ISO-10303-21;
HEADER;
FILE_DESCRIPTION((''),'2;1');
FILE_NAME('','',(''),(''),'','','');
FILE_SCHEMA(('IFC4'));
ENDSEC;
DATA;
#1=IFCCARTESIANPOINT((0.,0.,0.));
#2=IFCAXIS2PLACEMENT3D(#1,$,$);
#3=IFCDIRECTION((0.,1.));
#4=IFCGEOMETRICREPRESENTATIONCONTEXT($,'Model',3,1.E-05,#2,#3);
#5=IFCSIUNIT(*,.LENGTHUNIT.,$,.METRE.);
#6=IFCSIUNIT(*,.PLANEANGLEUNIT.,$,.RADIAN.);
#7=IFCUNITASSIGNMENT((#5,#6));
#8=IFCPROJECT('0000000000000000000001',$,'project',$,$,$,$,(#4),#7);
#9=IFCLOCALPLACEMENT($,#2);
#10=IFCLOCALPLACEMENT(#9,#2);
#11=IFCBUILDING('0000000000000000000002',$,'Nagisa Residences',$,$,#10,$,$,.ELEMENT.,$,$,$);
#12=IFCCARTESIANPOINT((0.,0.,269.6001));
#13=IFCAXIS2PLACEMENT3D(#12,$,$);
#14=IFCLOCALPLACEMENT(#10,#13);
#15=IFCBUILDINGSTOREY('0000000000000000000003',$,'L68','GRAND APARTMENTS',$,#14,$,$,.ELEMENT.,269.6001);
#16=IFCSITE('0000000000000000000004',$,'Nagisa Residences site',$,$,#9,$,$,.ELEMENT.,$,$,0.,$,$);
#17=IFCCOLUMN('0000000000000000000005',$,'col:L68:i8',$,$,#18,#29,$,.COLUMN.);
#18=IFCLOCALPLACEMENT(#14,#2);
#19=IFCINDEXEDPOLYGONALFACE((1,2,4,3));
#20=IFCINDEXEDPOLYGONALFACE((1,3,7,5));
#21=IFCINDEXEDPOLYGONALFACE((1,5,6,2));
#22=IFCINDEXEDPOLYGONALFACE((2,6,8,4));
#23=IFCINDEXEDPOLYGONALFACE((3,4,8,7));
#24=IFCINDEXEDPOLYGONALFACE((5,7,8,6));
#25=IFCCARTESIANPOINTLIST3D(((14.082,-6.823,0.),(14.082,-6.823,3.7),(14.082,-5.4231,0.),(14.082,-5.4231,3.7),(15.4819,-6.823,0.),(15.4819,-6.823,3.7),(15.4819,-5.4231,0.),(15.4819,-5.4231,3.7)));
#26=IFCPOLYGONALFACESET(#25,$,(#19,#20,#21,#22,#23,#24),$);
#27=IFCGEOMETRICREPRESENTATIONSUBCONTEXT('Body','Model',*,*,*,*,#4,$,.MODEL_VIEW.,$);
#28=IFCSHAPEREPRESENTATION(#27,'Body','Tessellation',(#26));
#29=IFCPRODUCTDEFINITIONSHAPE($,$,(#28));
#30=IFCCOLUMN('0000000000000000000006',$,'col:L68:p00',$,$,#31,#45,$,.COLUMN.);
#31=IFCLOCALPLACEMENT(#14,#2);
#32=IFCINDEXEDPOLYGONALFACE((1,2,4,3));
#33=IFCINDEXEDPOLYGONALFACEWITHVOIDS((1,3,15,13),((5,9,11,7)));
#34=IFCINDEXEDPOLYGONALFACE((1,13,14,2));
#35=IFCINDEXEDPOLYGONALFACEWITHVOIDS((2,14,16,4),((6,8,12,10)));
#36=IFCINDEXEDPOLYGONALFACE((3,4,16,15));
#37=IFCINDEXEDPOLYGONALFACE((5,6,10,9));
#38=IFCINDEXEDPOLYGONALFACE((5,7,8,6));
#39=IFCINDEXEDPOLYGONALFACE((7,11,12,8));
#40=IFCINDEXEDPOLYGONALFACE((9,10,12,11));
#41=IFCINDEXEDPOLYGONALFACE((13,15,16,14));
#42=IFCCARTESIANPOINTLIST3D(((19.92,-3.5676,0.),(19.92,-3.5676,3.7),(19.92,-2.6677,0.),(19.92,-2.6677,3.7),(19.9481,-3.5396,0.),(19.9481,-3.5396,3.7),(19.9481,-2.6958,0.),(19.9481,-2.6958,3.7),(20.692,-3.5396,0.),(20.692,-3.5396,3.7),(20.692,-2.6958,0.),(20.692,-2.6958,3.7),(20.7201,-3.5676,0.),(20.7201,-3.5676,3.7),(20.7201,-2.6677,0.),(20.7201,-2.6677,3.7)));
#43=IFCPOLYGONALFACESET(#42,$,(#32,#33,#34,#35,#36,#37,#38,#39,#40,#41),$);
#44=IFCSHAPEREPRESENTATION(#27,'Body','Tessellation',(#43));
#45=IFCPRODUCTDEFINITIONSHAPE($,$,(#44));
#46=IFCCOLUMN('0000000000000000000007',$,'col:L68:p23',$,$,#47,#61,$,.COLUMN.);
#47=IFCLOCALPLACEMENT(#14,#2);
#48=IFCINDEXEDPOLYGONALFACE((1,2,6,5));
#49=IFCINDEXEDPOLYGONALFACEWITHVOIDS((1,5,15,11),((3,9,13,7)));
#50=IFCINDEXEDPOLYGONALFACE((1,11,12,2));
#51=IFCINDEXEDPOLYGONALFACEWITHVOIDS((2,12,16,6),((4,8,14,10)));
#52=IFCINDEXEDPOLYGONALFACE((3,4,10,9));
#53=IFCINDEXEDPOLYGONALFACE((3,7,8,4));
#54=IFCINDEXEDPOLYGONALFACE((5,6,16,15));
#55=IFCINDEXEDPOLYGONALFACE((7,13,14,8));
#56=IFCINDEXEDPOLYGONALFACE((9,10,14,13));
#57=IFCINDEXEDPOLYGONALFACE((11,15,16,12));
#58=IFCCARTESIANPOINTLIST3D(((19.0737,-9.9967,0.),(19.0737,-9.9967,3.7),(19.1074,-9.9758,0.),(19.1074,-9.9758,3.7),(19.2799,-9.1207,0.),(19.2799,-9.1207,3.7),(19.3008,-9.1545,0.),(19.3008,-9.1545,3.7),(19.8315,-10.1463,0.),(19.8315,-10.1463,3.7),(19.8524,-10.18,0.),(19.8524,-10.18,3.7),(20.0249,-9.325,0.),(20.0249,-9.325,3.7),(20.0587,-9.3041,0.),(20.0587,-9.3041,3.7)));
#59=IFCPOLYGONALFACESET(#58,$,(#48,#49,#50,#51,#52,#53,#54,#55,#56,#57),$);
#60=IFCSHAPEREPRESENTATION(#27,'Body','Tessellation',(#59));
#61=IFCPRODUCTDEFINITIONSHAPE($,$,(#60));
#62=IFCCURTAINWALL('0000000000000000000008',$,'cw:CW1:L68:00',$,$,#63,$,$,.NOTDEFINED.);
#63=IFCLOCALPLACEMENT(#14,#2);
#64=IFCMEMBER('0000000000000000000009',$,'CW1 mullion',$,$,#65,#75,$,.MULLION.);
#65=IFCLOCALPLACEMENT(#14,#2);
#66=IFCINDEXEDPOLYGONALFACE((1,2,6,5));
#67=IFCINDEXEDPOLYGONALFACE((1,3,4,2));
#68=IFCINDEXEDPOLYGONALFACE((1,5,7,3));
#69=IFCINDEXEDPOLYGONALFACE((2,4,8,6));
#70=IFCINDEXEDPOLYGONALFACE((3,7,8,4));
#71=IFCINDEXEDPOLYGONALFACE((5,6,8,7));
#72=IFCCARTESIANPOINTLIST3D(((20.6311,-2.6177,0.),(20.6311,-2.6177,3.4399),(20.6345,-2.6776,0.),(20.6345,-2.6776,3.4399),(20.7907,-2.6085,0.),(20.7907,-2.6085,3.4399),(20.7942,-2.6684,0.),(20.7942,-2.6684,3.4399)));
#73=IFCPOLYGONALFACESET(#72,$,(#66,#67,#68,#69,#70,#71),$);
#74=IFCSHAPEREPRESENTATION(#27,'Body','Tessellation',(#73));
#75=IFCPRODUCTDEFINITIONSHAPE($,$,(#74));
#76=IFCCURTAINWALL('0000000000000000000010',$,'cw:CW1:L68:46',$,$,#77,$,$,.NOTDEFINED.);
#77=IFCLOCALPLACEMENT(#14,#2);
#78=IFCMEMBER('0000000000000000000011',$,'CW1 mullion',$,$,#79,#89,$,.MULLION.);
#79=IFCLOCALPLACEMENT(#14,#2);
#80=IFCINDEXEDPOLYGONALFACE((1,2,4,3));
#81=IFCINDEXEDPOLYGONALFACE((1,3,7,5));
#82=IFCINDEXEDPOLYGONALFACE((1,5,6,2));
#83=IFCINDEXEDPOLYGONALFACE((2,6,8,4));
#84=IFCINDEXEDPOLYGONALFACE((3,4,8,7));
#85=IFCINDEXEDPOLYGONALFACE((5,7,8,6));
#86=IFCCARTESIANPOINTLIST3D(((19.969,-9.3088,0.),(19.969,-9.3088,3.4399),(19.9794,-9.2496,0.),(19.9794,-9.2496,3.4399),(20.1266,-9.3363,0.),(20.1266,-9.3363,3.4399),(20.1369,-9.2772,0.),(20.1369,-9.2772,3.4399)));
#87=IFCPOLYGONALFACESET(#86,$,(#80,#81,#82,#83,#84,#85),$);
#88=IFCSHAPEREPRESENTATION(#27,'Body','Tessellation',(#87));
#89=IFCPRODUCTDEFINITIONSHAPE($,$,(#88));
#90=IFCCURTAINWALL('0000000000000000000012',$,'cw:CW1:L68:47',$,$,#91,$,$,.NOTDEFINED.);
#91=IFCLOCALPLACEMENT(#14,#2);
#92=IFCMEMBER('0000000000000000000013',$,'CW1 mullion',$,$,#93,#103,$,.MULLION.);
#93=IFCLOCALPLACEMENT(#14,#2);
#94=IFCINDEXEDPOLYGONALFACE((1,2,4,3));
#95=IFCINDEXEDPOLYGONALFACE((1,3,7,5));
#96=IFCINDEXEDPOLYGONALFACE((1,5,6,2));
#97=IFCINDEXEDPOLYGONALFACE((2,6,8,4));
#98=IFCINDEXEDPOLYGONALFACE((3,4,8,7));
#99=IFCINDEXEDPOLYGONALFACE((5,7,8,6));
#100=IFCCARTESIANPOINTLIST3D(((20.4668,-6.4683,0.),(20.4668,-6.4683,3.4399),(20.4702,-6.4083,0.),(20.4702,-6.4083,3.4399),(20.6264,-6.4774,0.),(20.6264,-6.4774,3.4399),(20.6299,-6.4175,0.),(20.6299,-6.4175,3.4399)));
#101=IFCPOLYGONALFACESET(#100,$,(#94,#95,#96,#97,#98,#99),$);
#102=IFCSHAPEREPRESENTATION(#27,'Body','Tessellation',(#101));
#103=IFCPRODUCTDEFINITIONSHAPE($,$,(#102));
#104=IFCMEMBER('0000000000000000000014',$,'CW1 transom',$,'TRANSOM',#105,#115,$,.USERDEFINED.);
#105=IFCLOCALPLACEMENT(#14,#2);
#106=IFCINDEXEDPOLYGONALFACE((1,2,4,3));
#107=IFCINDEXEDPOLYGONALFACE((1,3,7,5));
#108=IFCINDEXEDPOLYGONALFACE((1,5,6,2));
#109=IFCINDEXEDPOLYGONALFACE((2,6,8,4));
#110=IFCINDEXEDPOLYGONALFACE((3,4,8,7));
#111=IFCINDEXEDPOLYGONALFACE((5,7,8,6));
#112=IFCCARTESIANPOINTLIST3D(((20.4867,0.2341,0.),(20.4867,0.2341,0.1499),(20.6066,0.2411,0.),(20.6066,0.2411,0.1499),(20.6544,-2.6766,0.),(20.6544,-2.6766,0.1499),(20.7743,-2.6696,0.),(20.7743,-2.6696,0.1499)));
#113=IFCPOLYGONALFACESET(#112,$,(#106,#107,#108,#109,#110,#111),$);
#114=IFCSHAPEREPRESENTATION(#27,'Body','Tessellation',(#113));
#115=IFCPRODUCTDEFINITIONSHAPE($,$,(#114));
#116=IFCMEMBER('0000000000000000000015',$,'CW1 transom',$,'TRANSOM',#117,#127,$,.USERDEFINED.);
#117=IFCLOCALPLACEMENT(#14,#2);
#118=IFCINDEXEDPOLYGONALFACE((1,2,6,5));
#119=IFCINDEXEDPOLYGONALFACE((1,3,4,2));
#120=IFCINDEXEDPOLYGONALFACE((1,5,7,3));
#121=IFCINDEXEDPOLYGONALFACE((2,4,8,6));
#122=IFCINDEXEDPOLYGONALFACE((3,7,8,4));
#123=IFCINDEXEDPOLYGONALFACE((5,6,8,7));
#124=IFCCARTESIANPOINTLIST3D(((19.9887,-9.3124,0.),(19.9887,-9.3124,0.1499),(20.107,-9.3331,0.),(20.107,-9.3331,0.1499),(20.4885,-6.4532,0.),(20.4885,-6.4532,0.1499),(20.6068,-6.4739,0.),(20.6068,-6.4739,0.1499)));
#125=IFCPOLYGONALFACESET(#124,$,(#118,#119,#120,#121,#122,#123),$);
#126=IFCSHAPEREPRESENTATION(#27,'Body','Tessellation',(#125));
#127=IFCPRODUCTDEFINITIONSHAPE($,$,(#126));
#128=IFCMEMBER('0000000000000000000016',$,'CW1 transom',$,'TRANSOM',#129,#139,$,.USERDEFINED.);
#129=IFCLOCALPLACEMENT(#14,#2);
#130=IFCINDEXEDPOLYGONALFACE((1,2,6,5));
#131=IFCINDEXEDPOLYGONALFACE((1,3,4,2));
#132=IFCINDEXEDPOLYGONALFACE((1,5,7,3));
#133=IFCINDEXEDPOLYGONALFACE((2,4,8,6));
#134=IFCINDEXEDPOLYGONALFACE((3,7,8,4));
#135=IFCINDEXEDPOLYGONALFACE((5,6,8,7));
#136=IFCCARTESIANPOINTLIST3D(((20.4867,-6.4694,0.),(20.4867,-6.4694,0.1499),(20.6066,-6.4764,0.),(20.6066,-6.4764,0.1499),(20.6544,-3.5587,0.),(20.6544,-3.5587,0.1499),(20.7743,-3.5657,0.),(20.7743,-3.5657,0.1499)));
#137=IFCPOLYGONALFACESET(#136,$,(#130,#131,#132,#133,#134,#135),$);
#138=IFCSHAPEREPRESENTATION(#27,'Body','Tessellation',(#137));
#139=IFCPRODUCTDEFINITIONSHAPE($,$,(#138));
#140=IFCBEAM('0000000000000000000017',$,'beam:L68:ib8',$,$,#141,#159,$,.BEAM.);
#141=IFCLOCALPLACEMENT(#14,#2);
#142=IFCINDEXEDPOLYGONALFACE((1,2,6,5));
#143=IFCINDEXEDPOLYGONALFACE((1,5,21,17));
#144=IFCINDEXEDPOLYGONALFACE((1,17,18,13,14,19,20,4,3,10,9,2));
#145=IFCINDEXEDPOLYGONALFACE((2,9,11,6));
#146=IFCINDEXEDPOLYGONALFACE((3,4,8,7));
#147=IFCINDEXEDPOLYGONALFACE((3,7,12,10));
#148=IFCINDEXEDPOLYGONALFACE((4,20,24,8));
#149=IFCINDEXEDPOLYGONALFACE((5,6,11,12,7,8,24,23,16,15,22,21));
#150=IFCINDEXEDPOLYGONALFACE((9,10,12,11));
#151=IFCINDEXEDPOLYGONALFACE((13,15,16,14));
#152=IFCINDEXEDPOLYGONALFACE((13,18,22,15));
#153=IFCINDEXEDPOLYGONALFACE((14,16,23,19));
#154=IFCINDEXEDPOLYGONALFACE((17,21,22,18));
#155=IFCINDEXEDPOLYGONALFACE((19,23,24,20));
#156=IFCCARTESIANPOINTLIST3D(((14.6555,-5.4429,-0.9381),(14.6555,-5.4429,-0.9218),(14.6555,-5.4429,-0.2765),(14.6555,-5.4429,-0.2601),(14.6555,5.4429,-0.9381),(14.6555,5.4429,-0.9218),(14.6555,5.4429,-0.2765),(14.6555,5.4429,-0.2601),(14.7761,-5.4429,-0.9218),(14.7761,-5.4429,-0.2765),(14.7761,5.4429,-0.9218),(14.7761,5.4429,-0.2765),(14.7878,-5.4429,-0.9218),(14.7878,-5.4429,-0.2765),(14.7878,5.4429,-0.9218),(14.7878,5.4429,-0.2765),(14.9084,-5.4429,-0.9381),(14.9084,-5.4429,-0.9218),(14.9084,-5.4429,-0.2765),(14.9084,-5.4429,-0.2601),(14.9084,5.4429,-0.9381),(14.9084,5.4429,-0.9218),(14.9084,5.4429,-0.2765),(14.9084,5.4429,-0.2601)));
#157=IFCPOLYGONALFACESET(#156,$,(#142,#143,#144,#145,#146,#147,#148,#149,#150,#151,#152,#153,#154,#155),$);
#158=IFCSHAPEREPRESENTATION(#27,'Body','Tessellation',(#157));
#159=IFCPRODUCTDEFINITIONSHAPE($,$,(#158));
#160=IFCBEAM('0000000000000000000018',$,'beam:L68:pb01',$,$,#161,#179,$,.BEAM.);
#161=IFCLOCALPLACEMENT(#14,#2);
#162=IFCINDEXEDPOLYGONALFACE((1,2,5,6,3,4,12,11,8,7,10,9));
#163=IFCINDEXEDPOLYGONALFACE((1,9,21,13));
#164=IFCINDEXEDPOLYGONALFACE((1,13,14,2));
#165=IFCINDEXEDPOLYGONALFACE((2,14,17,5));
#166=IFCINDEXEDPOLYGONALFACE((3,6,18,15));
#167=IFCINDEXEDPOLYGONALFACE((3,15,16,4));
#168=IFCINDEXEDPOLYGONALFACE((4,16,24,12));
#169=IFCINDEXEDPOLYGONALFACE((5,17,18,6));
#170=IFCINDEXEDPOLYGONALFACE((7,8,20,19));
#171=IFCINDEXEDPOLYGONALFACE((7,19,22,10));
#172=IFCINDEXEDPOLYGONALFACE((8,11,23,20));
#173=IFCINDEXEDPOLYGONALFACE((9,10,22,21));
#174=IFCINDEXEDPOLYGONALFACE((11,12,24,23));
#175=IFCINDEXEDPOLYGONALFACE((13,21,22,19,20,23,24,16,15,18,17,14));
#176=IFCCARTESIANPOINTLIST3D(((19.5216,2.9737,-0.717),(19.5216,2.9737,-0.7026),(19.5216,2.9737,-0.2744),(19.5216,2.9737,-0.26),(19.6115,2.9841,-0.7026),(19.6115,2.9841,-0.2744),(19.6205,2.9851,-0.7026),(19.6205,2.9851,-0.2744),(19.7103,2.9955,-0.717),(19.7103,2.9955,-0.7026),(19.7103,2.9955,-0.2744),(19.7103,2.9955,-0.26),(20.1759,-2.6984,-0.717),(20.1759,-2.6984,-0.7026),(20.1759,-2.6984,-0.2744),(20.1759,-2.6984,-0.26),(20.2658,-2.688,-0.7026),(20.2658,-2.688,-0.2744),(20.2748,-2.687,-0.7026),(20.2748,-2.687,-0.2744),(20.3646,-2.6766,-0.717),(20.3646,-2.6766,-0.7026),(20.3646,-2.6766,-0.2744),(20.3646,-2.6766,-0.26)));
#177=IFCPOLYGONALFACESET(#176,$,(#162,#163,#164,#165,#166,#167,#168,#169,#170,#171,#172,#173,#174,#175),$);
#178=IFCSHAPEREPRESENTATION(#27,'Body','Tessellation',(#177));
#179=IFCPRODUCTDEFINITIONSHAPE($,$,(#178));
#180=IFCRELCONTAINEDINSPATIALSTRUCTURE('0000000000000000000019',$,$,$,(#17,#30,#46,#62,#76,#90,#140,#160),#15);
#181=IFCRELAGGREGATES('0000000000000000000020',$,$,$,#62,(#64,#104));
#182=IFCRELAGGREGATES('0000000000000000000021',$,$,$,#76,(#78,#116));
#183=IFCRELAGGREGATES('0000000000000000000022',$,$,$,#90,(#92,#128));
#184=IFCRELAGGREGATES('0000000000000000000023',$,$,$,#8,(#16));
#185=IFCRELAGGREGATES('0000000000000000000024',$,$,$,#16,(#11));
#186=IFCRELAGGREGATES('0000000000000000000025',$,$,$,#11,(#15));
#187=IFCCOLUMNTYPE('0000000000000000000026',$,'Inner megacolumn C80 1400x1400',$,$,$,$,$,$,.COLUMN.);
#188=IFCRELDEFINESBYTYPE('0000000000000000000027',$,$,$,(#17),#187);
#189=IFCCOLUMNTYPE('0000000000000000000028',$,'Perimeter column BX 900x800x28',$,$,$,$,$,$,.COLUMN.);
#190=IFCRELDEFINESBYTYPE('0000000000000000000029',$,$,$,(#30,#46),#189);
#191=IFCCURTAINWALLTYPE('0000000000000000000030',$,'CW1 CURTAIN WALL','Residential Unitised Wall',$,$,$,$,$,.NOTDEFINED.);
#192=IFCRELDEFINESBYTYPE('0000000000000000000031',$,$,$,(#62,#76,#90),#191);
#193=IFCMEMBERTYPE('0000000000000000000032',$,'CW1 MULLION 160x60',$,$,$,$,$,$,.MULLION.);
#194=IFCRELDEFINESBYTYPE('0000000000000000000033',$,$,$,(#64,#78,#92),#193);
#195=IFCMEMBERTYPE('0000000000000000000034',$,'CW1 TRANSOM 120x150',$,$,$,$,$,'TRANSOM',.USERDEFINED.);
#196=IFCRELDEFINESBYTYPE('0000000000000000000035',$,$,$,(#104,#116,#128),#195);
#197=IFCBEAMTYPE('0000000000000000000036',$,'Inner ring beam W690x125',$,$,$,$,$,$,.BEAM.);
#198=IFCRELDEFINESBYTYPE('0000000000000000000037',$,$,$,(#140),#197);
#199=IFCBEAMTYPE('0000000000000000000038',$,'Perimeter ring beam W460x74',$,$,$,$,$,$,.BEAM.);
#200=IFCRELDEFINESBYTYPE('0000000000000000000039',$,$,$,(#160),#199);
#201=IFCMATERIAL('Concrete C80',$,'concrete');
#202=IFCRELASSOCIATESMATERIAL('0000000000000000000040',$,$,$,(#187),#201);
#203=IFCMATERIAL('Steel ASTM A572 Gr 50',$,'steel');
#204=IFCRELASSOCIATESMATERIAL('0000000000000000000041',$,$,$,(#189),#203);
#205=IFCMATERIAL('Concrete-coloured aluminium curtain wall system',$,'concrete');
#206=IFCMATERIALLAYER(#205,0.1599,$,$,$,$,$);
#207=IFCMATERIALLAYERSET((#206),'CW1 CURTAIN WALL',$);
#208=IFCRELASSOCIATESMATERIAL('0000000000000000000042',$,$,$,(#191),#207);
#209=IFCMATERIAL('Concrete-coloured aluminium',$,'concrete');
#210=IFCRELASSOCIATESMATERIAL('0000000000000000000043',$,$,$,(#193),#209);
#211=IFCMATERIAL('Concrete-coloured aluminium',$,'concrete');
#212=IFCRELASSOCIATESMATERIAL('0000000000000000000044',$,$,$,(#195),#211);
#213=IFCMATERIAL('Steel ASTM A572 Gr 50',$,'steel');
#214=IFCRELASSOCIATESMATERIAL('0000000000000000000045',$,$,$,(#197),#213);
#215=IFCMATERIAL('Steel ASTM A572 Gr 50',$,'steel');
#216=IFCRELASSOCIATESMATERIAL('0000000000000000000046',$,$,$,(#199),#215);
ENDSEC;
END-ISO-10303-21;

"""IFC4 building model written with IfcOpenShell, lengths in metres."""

from ifc_helpers import new_model, si_unit, direction, frame, origin, origin_2d, place, context, subcontext, project, spatial, rectangle, hollow_rectangle, i_section, extrude, material, layer, layer_set, material_profile, profile_set, type_object, element, aggregate, save


model = new_model("IFC4")

# Units and contexts
model_context = context("Model", 3, precision=1e-05, world=origin(), true_north=direction((0.0, 1.0)))
body_context = subcontext(model_context, "Body", "Model", "MODEL_VIEW")
ifc_project = project(units=[si_unit("LENGTHUNIT", "METRE"), si_unit("PLANEANGLEUNIT", "RADIAN")], contexts=[model_context])

# Site, building, storey
site_placement = place(None, origin())
site = spatial("IfcSite", under=ifc_project, at=site_placement, Name="Nagisa Residences site", CompositionType="ELEMENT", RefElevation=0.0)
building_placement = place(site_placement, origin())
building = spatial("IfcBuilding", under=site, at=building_placement, Name="Nagisa Residences", CompositionType="ELEMENT")
storey_placement = place(building_placement, frame((0.0, 0.0, 269.6001)))
storey = spatial("IfcBuildingStorey", under=building, at=storey_placement, Name="L68", Description="GRAND APARTMENTS", CompositionType="ELEMENT", Elevation=269.6001)

# Columns
ifc_material_1 = material(Name="Concrete C80", Category="concrete")
ifc_material_profile_1 = material_profile(ifc_material_1, rectangle(XDim=1.3999, YDim=1.3999, at=origin_2d()), Name="C80 1400x1400")
ifc_profile_set_1 = profile_set([ifc_material_profile_1], Name="Concrete C80")
column_type_1 = type_object("IfcColumnType", Name="Inner megacolumn C80 1400x1400", PredefinedType="COLUMN", material=ifc_profile_set_1)
column_placement = place(storey_placement, frame((14.782, -6.123, 0.0), z_axis=(0.0, 0.0, 1.0), x_axis=(1.0, 0.0, 0.0)))
element("IfcColumn", 1, at=column_placement, inside=storey, type_object=column_type_1, Name="col:L68:i8", PredefinedType="COLUMN", context=body_context, shape_type="SweptSolid", body=[
    extrude(rectangle(XDim=1.3999, YDim=1.3999, at=origin_2d()), origin(), (0.0, 0.0, 1.0), 3.7),
])
ifc_material_2 = material(Name="Steel ASTM A572 Gr 50", Category="steel")
ifc_material_profile_2 = material_profile(ifc_material_2, hollow_rectangle(XDim=0.8999, YDim=0.8, WallThickness=0.0281, at=origin_2d()), Name="BX 900x800x28")
ifc_profile_set_2 = profile_set([ifc_material_profile_2], Name="Steel ASTM A572 Gr 50")
column_type_2 = type_object("IfcColumnType", Name="Perimeter column BX 900x800x28", PredefinedType="COLUMN", material=ifc_profile_set_2)
for number, where, z_axis, x_axis, name in (
    (2, (20.3201, -3.1177, 0.0), (0.0, 0.0, 1.0), (0.0, 1.0, 0.0), "col:L68:p00"),
    (3, (19.5662, -9.6504, 0.0), (0.0, 0.0, 1.0), (0.229202, 0.973379, 0.0), "col:L68:p23"),
):
    element("IfcColumn", number, at=place(storey_placement, frame(where, z_axis=z_axis, x_axis=x_axis)), inside=storey, type_object=column_type_2, Name=name, PredefinedType="COLUMN", context=body_context, shape_type="SweptSolid", body=[
        extrude(hollow_rectangle(XDim=0.8999, YDim=0.8, WallThickness=0.0281, at=origin_2d()), origin(), (0.0, 0.0, 1.0), 3.7),
    ])

# Curtain walls, members
ifc_material_3 = material(Name="Concrete-coloured aluminium curtain wall system", Category="concrete")
ifc_layer_1 = layer(ifc_material_3, 0.1599)
ifc_layer_set_1 = layer_set([ifc_layer_1], Name="CW1 CURTAIN WALL")
curtain_wall_type = type_object("IfcCurtainWallType", Name="CW1 CURTAIN WALL", Description="Residential Unitised Wall", PredefinedType="NOTDEFINED", material=ifc_layer_set_1)
curtain_wall_1_placement = place(storey_placement, origin())
curtain_wall_1 = element("IfcCurtainWall", 4, at=curtain_wall_1_placement, inside=storey, type_object=curtain_wall_type, Name="cw:CW1:L68:00", PredefinedType="NOTDEFINED")
ifc_material_4 = material(Name="Concrete-coloured aluminium", Category="concrete")
ifc_material_profile_3 = material_profile(ifc_material_4, rectangle(XDim=0.1599, YDim=0.0601, at=origin_2d()), Name="CW1 MULLION 160x60")
ifc_profile_set_3 = profile_set([ifc_material_profile_3], Name="Concrete-coloured aluminium")
member_type_1 = type_object("IfcMemberType", Name="CW1 MULLION 160x60", PredefinedType="MULLION", material=ifc_profile_set_3)
member_1_placement = place(storey_placement, frame((20.7126, -2.6431, 0.0), z_axis=(0.0, 0.0, 1.0), x_axis=(-0.998345, -0.057503, 0.0)))
member_1 = element("IfcMember", 5, at=member_1_placement, type_object=member_type_1, Name="CW1 mullion", PredefinedType="MULLION", context=body_context, shape_type="SweptSolid", body=[
    extrude(rectangle(XDim=0.1599, YDim=0.0601, at=origin_2d()), origin(), (0.0, 0.0, 1.0), 3.4399),
])
curtain_wall_2_placement = place(storey_placement, origin())
curtain_wall_2 = element("IfcCurtainWall", 6, at=curtain_wall_2_placement, inside=storey, type_object=curtain_wall_type, Name="cw:CW1:L68:46", PredefinedType="NOTDEFINED")
member_2_placement = place(storey_placement, frame((20.053, -9.293, 0.0), z_axis=(0.0, 0.0, 1.0), x_axis=(-0.985064, 0.172191, 0.0)))
member_2 = element("IfcMember", 7, at=member_2_placement, type_object=member_type_1, Name="CW1 mullion", PredefinedType="MULLION", context=body_context, shape_type="SweptSolid", body=[
    extrude(rectangle(XDim=0.1599, YDim=0.0601, at=origin_2d()), origin(), (0.0, 0.0, 1.0), 3.4399),
])
curtain_wall_3_placement = place(storey_placement, origin())
curtain_wall_3 = element("IfcCurtainWall", 8, at=curtain_wall_3_placement, inside=storey, type_object=curtain_wall_type, Name="cw:CW1:L68:47", PredefinedType="NOTDEFINED")
member_3_placement = place(storey_placement, frame((20.5483, -6.4429, 0.0), z_axis=(0.0, 0.0, 1.0), x_axis=(-0.998345, 0.057503, 0.0)))
member_3 = element("IfcMember", 9, at=member_3_placement, type_object=member_type_1, Name="CW1 mullion", PredefinedType="MULLION", context=body_context, shape_type="SweptSolid", body=[
    extrude(rectangle(XDim=0.1599, YDim=0.0601, at=origin_2d()), origin(), (0.0, 0.0, 1.0), 3.4399),
])

# Members
ifc_material_5 = material(Name="Concrete-coloured aluminium", Category="concrete")
ifc_material_profile_4 = material_profile(ifc_material_5, rectangle(XDim=0.1201, YDim=0.1499, at=origin_2d()), Name="CW1 TRANSOM 120x150")
ifc_profile_set_4 = profile_set([ifc_material_profile_4], Name="Concrete-coloured aluminium")
member_type_2 = type_object("IfcMemberType", Name="CW1 TRANSOM 120x150", ElementType="TRANSOM", PredefinedType="USERDEFINED", material=ifc_profile_set_4)
member_4_placement = place(storey_placement, frame((20.7144, -2.6731, 0.075), z_axis=(-0.057529, 0.998344, 0.0), x_axis=(-0.998344, -0.057529, 0.0)))
member_4 = element("IfcMember", 10, at=member_4_placement, type_object=member_type_2, Name="CW1 transom", ObjectType="TRANSOM", PredefinedType="USERDEFINED", context=body_context, shape_type="SweptSolid", body=[
    extrude(rectangle(XDim=0.1201, YDim=0.1499, at=origin_2d()), origin(), (0.0, 0.0, 1.0), 2.9155),
])
member_5_placement = place(storey_placement, frame((20.0479, -9.3228, 0.075), z_axis=(0.172182, 0.985065, 0.0), x_axis=(-0.985065, 0.172182, 0.0)))
member_5 = element("IfcMember", 11, at=member_5_placement, type_object=member_type_2, Name="CW1 transom", ObjectType="TRANSOM", PredefinedType="USERDEFINED", context=body_context, shape_type="SweptSolid", body=[
    extrude(rectangle(XDim=0.1201, YDim=0.1499, at=origin_2d()), origin(), (0.0, 0.0, 1.0), 2.9026),
])
member_6_placement = place(storey_placement, frame((20.5466, -6.4729, 0.075), z_axis=(0.057529, 0.998344, 0.0), x_axis=(-0.998344, 0.057529, 0.0)))
member_6 = element("IfcMember", 12, at=member_6_placement, type_object=member_type_2, Name="CW1 transom", ObjectType="TRANSOM", PredefinedType="USERDEFINED", context=body_context, shape_type="SweptSolid", body=[
    extrude(rectangle(XDim=0.1201, YDim=0.1499, at=origin_2d()), origin(), (0.0, 0.0, 1.0), 2.9155),
])

# Beams
ifc_material_6 = material(Name="Steel ASTM A572 Gr 50", Category="steel")
ifc_material_profile_5 = material_profile(ifc_material_6, i_section(OverallWidth=0.2529, OverallDepth=0.678, WebThickness=0.0117, FlangeThickness=0.0164, at=origin_2d()), Name="W690x125")
ifc_profile_set_5 = profile_set([ifc_material_profile_5], Name="Steel ASTM A572 Gr 50")
beam_type_1 = type_object("IfcBeamType", Name="Inner ring beam W690x125", PredefinedType="BEAM", material=ifc_profile_set_5)
beam_1_placement = place(storey_placement, frame((14.782, -5.4429, -0.5991), z_axis=(0.0, 1.0, 0.0), x_axis=(-1.0, 0.0, 0.0)))
element("IfcBeam", 13, at=beam_1_placement, inside=storey, type_object=beam_type_1, Name="beam:L68:ib8", PredefinedType="BEAM", context=body_context, shape_type="SweptSolid", body=[
    extrude(i_section(OverallWidth=0.2529, OverallDepth=0.678, WebThickness=0.0117, FlangeThickness=0.0164, at=origin_2d()), origin(), (0.0, 0.0, 1.0), 10.8857),
])
ifc_material_7 = material(Name="Steel ASTM A572 Gr 50", Category="steel")
ifc_material_profile_6 = material_profile(ifc_material_7, i_section(OverallWidth=0.1899, OverallDepth=0.457, WebThickness=0.009, FlangeThickness=0.0144, at=origin_2d()), Name="W460x74")
ifc_profile_set_6 = profile_set([ifc_material_profile_6], Name="Steel ASTM A572 Gr 50")
beam_type_2 = type_object("IfcBeamType", Name="Perimeter ring beam W460x74", PredefinedType="BEAM", material=ifc_profile_set_6)
for number, where, z_axis, x_axis, name in (
    (14, (20.2703, -2.6875, -0.4885), (-0.114593, 0.993412, 0.0), (-0.993412, -0.114593, 0.0), "beam:L68:pb01"),
):
    element("IfcBeam", number, at=place(storey_placement, frame(where, z_axis=z_axis, x_axis=x_axis)), inside=storey, type_object=beam_type_2, Name=name, PredefinedType="BEAM", context=body_context, shape_type="SweptSolid", body=[
        extrude(i_section(OverallWidth=0.1899, OverallDepth=0.457, WebThickness=0.009, FlangeThickness=0.0144, at=origin_2d()), origin(), (0.0, 0.0, 1.0), 5.7097),
    ])

aggregate(curtain_wall_1, [member_1, member_4])
aggregate(curtain_wall_2, [member_2, member_5])
aggregate(curtain_wall_3, [member_3, member_6])

save(model, "model.ifc")
